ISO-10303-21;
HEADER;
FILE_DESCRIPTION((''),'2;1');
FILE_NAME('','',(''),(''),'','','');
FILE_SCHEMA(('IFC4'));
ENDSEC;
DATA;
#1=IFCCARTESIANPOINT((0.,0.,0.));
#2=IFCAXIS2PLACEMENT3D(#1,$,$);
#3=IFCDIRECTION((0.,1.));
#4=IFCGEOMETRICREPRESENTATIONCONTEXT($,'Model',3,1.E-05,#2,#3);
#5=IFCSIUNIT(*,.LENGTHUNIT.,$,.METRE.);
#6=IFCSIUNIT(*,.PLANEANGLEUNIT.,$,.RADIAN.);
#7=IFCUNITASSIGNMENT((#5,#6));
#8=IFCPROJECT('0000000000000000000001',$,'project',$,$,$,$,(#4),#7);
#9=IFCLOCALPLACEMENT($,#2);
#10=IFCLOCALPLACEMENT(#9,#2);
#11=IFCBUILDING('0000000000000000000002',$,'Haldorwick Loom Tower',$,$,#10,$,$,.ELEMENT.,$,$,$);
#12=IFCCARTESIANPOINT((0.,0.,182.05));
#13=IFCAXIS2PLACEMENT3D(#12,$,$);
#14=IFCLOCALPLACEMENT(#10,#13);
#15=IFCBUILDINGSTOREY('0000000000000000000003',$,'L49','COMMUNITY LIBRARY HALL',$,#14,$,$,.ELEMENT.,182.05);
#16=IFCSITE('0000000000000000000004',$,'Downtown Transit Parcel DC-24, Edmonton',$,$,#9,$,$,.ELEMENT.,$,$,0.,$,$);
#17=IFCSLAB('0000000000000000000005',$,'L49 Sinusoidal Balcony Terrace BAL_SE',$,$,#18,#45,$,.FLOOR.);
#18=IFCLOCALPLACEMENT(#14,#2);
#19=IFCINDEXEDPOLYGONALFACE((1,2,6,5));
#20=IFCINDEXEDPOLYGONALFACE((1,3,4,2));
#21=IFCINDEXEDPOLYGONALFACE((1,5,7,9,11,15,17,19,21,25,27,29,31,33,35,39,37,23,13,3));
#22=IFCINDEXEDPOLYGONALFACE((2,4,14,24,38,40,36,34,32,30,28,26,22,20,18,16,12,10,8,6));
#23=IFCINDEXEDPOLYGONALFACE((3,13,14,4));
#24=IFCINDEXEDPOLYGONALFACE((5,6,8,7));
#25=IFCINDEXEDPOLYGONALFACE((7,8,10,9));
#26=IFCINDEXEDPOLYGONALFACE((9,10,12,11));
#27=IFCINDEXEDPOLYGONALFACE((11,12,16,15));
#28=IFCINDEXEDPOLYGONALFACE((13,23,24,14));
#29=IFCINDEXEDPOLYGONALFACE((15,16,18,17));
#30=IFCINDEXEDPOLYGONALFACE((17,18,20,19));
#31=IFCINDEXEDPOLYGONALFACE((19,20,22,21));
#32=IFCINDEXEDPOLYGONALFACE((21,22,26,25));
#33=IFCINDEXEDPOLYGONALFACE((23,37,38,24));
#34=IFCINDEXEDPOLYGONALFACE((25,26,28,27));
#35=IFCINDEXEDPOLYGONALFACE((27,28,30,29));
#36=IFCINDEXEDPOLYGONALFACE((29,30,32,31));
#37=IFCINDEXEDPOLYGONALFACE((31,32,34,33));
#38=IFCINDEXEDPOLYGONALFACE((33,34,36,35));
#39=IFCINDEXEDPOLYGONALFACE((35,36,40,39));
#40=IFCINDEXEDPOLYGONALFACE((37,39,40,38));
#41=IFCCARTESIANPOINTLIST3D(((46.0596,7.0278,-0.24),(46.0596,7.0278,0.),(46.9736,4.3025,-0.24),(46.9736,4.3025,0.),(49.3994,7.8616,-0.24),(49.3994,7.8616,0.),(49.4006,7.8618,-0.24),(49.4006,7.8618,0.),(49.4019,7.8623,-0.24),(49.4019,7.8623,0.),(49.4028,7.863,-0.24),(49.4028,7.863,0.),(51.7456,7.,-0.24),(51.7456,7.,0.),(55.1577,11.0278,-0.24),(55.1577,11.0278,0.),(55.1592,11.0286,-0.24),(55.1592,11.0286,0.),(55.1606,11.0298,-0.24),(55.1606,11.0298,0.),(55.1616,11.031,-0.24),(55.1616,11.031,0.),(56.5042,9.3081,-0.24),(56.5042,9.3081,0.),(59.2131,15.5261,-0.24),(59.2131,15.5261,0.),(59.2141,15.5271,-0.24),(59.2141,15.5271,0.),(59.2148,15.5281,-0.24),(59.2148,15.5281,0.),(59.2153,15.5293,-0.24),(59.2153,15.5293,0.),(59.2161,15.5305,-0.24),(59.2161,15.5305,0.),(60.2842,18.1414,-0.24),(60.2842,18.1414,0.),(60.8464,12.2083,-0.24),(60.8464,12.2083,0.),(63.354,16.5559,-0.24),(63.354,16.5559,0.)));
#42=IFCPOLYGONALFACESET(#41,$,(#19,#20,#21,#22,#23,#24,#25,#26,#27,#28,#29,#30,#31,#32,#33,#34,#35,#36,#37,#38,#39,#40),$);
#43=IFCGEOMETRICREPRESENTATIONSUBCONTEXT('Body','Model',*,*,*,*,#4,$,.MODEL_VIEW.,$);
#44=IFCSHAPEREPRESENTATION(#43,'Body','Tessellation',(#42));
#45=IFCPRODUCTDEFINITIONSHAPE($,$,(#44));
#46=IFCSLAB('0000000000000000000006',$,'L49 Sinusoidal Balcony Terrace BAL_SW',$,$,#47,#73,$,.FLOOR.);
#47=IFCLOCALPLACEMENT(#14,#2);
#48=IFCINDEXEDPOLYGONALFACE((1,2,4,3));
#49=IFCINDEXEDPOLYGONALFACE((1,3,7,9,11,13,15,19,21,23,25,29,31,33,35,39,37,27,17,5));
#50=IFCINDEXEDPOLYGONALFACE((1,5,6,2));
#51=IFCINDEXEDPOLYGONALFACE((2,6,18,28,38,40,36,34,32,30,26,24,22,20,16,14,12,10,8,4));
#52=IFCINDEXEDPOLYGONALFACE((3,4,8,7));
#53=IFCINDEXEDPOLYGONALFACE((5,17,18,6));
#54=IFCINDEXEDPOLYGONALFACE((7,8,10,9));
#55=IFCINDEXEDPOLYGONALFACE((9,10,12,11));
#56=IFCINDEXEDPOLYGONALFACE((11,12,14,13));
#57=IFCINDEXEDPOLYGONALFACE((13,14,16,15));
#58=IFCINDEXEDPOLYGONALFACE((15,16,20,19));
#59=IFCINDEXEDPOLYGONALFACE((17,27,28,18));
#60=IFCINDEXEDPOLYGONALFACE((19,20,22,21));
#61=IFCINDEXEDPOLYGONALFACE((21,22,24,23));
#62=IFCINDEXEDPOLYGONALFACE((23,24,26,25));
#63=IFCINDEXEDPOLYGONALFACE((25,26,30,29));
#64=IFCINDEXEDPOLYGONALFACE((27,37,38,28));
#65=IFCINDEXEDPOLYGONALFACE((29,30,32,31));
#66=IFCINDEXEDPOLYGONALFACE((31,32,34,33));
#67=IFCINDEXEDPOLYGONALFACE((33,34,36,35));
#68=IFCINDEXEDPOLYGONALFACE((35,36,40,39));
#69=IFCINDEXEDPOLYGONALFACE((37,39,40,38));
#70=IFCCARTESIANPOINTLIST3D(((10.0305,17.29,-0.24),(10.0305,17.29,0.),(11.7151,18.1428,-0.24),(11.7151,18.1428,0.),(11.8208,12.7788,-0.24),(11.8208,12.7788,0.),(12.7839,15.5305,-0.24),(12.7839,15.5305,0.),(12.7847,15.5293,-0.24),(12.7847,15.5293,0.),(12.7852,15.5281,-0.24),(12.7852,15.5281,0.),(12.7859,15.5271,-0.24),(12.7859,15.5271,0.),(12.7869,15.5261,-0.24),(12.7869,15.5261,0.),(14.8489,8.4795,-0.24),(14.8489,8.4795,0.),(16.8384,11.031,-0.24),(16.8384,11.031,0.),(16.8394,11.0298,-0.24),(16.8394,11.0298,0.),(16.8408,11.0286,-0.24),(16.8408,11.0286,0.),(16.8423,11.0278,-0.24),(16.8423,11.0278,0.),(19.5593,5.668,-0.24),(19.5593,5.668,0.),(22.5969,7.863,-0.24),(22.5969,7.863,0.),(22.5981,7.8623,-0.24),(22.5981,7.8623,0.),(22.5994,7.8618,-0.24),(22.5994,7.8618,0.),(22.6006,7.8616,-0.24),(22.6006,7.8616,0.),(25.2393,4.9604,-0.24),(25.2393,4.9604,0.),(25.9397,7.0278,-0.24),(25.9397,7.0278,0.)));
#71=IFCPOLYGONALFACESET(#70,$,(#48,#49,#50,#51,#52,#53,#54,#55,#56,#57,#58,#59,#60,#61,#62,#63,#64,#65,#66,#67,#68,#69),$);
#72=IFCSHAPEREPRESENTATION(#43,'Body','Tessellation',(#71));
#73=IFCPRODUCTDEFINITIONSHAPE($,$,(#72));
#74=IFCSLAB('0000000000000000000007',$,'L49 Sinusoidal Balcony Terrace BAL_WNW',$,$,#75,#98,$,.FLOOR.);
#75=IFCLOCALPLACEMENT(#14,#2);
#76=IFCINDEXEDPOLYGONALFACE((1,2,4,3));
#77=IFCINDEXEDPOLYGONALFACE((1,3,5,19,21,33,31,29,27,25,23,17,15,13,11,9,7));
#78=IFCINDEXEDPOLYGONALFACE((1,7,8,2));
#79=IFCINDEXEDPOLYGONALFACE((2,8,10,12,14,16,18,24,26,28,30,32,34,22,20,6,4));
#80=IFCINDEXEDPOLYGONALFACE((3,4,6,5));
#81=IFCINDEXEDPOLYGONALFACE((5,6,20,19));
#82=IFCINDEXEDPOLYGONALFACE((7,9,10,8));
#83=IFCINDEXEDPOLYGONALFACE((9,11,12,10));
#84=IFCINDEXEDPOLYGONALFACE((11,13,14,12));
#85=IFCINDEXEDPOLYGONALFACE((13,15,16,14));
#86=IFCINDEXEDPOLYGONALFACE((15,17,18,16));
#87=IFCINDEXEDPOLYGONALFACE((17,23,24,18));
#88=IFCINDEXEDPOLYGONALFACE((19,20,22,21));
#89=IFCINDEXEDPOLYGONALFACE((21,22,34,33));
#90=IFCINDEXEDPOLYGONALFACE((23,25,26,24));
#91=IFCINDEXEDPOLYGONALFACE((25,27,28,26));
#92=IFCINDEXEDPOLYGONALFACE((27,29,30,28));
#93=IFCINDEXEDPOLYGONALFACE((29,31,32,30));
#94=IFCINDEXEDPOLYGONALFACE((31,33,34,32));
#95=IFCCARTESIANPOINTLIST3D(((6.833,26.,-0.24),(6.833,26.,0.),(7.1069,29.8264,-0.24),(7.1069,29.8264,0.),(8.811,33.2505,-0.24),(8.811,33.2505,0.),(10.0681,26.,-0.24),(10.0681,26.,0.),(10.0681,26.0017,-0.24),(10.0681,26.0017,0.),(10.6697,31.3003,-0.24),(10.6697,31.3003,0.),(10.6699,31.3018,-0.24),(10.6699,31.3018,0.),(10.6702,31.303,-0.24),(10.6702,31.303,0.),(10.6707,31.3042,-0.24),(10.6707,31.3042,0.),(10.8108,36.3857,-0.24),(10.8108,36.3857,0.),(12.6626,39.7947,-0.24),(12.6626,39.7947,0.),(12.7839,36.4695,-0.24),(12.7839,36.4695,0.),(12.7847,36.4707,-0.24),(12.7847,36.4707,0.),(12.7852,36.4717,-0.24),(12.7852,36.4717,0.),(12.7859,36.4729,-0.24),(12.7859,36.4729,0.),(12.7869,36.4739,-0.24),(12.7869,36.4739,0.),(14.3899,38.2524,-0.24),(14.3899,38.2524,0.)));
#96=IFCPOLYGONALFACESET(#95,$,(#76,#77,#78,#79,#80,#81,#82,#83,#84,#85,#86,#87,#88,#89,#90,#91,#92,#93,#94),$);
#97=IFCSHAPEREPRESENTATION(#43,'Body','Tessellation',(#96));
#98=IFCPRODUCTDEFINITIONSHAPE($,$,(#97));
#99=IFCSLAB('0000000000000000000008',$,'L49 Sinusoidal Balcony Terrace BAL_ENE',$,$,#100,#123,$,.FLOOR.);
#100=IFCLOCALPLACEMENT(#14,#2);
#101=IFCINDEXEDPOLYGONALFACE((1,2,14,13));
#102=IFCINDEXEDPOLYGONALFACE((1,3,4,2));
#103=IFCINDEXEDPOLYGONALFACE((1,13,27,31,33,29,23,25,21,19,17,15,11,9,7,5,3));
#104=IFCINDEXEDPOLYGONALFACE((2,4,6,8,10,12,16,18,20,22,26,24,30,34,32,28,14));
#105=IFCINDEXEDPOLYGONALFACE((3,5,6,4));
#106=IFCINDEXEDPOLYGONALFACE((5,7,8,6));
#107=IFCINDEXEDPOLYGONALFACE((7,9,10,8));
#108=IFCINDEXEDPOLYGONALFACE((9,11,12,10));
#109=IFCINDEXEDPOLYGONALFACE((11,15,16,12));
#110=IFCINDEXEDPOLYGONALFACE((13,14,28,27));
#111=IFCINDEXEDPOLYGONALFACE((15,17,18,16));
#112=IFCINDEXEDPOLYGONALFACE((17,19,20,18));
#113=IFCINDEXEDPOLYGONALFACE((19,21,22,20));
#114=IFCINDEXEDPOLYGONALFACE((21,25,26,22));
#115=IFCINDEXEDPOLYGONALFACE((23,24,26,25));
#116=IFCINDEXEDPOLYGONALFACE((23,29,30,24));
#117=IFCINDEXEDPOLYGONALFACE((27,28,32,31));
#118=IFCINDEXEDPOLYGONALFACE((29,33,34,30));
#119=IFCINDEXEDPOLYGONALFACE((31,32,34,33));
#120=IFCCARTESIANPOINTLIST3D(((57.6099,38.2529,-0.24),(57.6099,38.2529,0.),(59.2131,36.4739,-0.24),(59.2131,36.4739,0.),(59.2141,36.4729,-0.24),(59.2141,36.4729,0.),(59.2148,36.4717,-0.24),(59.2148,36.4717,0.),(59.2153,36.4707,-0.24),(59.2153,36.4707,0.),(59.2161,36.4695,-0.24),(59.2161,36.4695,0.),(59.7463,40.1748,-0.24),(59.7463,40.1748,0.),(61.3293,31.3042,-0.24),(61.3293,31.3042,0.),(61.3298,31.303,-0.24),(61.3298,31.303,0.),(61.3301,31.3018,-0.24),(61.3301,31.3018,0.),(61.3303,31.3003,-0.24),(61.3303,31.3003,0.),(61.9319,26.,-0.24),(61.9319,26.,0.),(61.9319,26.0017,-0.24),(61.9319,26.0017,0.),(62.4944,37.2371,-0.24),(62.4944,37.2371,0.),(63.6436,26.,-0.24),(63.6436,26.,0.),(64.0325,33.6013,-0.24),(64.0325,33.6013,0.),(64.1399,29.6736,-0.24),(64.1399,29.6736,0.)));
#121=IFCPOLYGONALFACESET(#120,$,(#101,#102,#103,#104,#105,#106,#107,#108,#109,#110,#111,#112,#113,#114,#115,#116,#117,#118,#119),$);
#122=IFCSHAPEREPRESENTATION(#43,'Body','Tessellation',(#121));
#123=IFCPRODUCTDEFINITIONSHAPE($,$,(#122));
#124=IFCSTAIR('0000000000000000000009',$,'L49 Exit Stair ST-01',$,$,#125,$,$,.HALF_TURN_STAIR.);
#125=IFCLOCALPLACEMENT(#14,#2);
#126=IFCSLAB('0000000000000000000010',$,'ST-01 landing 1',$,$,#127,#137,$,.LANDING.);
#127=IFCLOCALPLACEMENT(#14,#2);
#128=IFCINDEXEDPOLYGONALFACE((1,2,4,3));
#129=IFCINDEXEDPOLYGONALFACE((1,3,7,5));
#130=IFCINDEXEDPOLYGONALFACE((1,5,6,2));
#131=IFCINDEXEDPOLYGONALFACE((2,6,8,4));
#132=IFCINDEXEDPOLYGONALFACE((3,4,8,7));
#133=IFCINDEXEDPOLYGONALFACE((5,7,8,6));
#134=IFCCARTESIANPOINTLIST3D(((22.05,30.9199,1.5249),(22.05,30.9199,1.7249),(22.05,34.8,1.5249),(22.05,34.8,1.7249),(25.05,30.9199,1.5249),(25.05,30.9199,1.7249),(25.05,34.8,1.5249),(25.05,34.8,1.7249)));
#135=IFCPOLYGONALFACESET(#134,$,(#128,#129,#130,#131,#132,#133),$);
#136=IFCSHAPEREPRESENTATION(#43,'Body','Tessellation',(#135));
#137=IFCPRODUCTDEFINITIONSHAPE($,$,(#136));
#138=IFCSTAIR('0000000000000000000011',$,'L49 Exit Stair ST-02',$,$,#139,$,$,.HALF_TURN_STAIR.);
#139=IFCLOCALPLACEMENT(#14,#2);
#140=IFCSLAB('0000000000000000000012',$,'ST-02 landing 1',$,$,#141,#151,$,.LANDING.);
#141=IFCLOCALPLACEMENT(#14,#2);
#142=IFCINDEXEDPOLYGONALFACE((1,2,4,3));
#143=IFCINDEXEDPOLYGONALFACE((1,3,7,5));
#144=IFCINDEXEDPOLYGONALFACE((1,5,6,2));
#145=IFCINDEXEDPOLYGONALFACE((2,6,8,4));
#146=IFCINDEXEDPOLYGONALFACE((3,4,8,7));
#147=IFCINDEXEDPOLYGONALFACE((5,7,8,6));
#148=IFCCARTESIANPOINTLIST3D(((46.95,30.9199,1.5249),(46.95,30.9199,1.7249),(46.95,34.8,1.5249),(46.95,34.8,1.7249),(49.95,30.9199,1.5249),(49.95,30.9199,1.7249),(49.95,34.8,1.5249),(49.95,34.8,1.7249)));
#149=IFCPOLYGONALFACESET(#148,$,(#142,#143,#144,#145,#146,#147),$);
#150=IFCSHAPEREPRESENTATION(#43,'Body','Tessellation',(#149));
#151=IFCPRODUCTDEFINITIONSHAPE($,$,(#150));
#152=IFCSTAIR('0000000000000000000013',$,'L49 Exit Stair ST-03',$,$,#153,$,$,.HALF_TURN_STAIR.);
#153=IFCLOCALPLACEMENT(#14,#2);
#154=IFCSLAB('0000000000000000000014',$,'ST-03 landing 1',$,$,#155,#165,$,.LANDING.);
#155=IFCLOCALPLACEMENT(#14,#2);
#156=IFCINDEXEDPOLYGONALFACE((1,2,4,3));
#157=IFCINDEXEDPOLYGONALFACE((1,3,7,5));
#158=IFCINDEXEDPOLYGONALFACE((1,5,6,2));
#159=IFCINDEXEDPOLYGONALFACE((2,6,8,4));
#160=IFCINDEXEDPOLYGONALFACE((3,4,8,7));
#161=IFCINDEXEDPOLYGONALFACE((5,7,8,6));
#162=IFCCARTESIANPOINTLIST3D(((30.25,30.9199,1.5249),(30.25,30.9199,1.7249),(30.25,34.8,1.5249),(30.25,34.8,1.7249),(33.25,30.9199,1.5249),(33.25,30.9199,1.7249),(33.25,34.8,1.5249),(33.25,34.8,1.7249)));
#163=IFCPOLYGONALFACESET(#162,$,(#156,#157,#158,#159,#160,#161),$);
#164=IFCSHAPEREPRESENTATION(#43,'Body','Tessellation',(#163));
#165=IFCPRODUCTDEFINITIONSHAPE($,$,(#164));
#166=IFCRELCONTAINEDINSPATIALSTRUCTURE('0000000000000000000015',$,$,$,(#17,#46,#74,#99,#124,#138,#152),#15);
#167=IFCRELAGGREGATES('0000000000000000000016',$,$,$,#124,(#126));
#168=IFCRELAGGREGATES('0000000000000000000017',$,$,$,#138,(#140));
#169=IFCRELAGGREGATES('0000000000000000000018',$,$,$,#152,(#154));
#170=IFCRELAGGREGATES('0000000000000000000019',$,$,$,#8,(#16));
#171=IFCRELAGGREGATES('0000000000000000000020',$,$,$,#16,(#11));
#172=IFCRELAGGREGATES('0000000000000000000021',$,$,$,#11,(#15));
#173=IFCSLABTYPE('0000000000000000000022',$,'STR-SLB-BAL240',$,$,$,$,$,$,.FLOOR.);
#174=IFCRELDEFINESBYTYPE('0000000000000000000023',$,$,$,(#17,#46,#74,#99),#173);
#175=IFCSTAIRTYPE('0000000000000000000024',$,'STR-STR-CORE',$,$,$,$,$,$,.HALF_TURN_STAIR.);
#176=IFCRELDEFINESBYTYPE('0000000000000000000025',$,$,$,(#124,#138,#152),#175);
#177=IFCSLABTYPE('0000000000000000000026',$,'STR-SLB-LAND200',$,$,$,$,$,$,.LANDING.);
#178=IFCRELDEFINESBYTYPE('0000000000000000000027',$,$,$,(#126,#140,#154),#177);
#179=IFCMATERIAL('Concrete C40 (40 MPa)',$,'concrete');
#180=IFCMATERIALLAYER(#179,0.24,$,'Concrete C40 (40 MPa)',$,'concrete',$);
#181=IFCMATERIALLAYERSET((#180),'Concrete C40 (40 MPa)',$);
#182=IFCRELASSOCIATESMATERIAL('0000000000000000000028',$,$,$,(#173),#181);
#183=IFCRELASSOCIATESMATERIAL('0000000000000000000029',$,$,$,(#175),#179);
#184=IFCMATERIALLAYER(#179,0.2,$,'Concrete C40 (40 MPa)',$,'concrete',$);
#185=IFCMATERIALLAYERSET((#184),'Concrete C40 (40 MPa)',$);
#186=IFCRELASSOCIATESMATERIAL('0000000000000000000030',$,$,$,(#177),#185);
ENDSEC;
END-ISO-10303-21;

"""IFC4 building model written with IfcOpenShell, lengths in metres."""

from ifc_helpers import new_model, si_unit, direction, frame, origin, place, context, subcontext, project, spatial, polyline, outline, extrude, material, layer, layer_set, type_object, element, aggregate, save


model = new_model("IFC4")

# Units and contexts
model_context = context("Model", 3, precision=1e-05, world=origin(), true_north=direction((0.0, 1.0)))
body_context = subcontext(model_context, "Body", "Model", "MODEL_VIEW")
ifc_project = project(units=[si_unit("LENGTHUNIT", "METRE"), si_unit("PLANEANGLEUNIT", "RADIAN")], contexts=[model_context])

# Site, building, storey
site_placement = place(None, origin())
site = spatial("IfcSite", under=ifc_project, at=site_placement, Name="Downtown Transit Parcel DC-24, Edmonton", CompositionType="ELEMENT", RefElevation=0.0)
building_placement = place(site_placement, origin())
building = spatial("IfcBuilding", under=site, at=building_placement, Name="Haldorwick Loom Tower", CompositionType="ELEMENT")
storey_placement = place(building_placement, frame((0.0, 0.0, 182.05)))
storey = spatial("IfcBuildingStorey", under=building, at=storey_placement, Name="L49", Description="COMMUNITY LIBRARY HALL", CompositionType="ELEMENT", Elevation=182.05)

# Slabs
ifc_material_1 = material(Name="Concrete C40 (40 MPa)", Category="concrete")
ifc_layer_1 = layer(ifc_material_1, 0.24, Name="Concrete C40 (40 MPa)", Category="concrete")
ifc_layer_set_1 = layer_set([ifc_layer_1], Name="Concrete C40 (40 MPa)")
slab_type_1 = type_object("IfcSlabType", Name="STR-SLB-BAL240", PredefinedType="FLOOR", material=ifc_layer_set_1)
slab_1_placement = place(storey_placement, frame((0.0, 0.0, -0.24)))
element("IfcSlab", 1, at=slab_1_placement, inside=storey, type_object=slab_type_1, Name="L49 Sinusoidal Balcony Terrace BAL_SE", PredefinedType="FLOOR", context=body_context, shape_type="SweptSolid", body=[
    extrude(outline(polyline([(60.2842, 18.1414), (59.2161, 15.5305), (59.2153, 15.5293), (59.2148, 15.5281), (59.2141, 15.5271), (59.2131, 15.5261), (55.1616, 11.031), (55.1606, 11.0298), (55.1592, 11.0286), (55.1577, 11.0278), (49.4028, 7.863), (49.4019, 7.8623), (49.4006, 7.8618), (49.3994, 7.8616), (46.0596, 7.0278), (46.9736, 4.3025), (51.7456, 7.0), (56.5042, 9.3081), (60.8464, 12.2083), (63.354, 16.5559), (60.2842, 18.1414)])), origin(), (0.0, 0.0, 1.0), 0.24),
])
slab_2_placement = place(storey_placement, frame((0.0, 0.0, -0.24)))
element("IfcSlab", 2, at=slab_2_placement, inside=storey, type_object=slab_type_1, Name="L49 Sinusoidal Balcony Terrace BAL_SW", PredefinedType="FLOOR", context=body_context, shape_type="SweptSolid", body=[
    extrude(outline(polyline([(25.9397, 7.0278), (22.6006, 7.8616), (22.5994, 7.8618), (22.5981, 7.8623), (22.5969, 7.863), (16.8423, 11.0278), (16.8408, 11.0286), (16.8394, 11.0298), (16.8384, 11.031), (12.7869, 15.5261), (12.7859, 15.5271), (12.7852, 15.5281), (12.7847, 15.5293), (12.7839, 15.5305), (11.7151, 18.1428), (10.0305, 17.29), (11.8208, 12.7788), (14.8489, 8.4795), (19.5593, 5.668), (25.2393, 4.9604), (25.9397, 7.0278)])), origin(), (0.0, 0.0, 1.0), 0.24),
])
slab_3_placement = place(storey_placement, frame((0.0, 0.0, -0.24)))
element("IfcSlab", 3, at=slab_3_placement, inside=storey, type_object=slab_type_1, Name="L49 Sinusoidal Balcony Terrace BAL_WNW", PredefinedType="FLOOR", context=body_context, shape_type="SweptSolid", body=[
    extrude(outline(polyline([(10.0681, 26.0), (10.0681, 26.0017), (10.6697, 31.3003), (10.6699, 31.3018), (10.6702, 31.303), (10.6707, 31.3042), (12.7839, 36.4695), (12.7847, 36.4707), (12.7852, 36.4717), (12.7859, 36.4729), (12.7869, 36.4739), (14.3899, 38.2524), (12.6626, 39.7947), (10.8108, 36.3857), (8.811, 33.2505), (7.1069, 29.8264), (6.833, 26.0), (10.0681, 26.0)])), origin(), (0.0, 0.0, 1.0), 0.24),
])
slab_4_placement = place(storey_placement, frame((0.0, 0.0, -0.24)))
element("IfcSlab", 4, at=slab_4_placement, inside=storey, type_object=slab_type_1, Name="L49 Sinusoidal Balcony Terrace BAL_ENE", PredefinedType="FLOOR", context=body_context, shape_type="SweptSolid", body=[
    extrude(outline(polyline([(57.6099, 38.2529), (59.2131, 36.4739), (59.2141, 36.4729), (59.2148, 36.4717), (59.2153, 36.4707), (59.2161, 36.4695), (61.3293, 31.3042), (61.3298, 31.303), (61.3301, 31.3018), (61.3303, 31.3003), (61.9319, 26.0017), (61.9319, 26.0), (63.6436, 26.0), (64.1399, 29.6736), (64.0325, 33.6013), (62.4944, 37.2371), (59.7463, 40.1748), (57.6099, 38.2529)])), origin(), (0.0, 0.0, 1.0), 0.24),
])

# Stairs, slabs
stair_type = type_object("IfcStairType", Name="STR-STR-CORE", PredefinedType="HALF_TURN_STAIR", material=ifc_material_1)
stair_1_placement = place(storey_placement, origin())
stair_1 = element("IfcStair", 5, at=stair_1_placement, inside=storey, type_object=stair_type, Name="L49 Exit Stair ST-01", PredefinedType="HALF_TURN_STAIR")
ifc_layer_2 = layer(ifc_material_1, 0.2, Name="Concrete C40 (40 MPa)", Category="concrete")
ifc_layer_set_2 = layer_set([ifc_layer_2], Name="Concrete C40 (40 MPa)")
slab_type_2 = type_object("IfcSlabType", Name="STR-SLB-LAND200", PredefinedType="LANDING", material=ifc_layer_set_2)
slab_5_placement = place(storey_placement, frame((0.0, 0.0, 1.5249)))
slab_5 = element("IfcSlab", 6, at=slab_5_placement, type_object=slab_type_2, Name="ST-01 landing 1", PredefinedType="LANDING", context=body_context, shape_type="SweptSolid", body=[
    extrude(outline(polyline([(25.05, 30.9199), (25.05, 34.8), (22.05, 34.8), (22.05, 30.9199), (25.05, 30.9199)])), origin(), (0.0, 0.0, 1.0), 0.2),
])
aggregate(stair_1, [slab_5])
stair_2_placement = place(storey_placement, origin())
stair_2 = element("IfcStair", 7, at=stair_2_placement, inside=storey, type_object=stair_type, Name="L49 Exit Stair ST-02", PredefinedType="HALF_TURN_STAIR")
slab_6_placement = place(storey_placement, frame((0.0, 0.0, 1.5249)))
slab_6 = element("IfcSlab", 8, at=slab_6_placement, type_object=slab_type_2, Name="ST-02 landing 1", PredefinedType="LANDING", context=body_context, shape_type="SweptSolid", body=[
    extrude(outline(polyline([(49.95, 30.9199), (49.95, 34.8), (46.95, 34.8), (46.95, 30.9199), (49.95, 30.9199)])), origin(), (0.0, 0.0, 1.0), 0.2),
])
aggregate(stair_2, [slab_6])
stair_3_placement = place(storey_placement, origin())
stair_3 = element("IfcStair", 9, at=stair_3_placement, inside=storey, type_object=stair_type, Name="L49 Exit Stair ST-03", PredefinedType="HALF_TURN_STAIR")
slab_7_placement = place(storey_placement, frame((0.0, 0.0, 1.5249)))
slab_7 = element("IfcSlab", 10, at=slab_7_placement, type_object=slab_type_2, Name="ST-03 landing 1", PredefinedType="LANDING", context=body_context, shape_type="SweptSolid", body=[
    extrude(outline(polyline([(33.25, 30.9199), (33.25, 34.8), (30.25, 34.8), (30.25, 30.9199), (33.25, 30.9199)])), origin(), (0.0, 0.0, 1.0), 0.2),
])
aggregate(stair_3, [slab_7])

save(model, "model.ifc")
